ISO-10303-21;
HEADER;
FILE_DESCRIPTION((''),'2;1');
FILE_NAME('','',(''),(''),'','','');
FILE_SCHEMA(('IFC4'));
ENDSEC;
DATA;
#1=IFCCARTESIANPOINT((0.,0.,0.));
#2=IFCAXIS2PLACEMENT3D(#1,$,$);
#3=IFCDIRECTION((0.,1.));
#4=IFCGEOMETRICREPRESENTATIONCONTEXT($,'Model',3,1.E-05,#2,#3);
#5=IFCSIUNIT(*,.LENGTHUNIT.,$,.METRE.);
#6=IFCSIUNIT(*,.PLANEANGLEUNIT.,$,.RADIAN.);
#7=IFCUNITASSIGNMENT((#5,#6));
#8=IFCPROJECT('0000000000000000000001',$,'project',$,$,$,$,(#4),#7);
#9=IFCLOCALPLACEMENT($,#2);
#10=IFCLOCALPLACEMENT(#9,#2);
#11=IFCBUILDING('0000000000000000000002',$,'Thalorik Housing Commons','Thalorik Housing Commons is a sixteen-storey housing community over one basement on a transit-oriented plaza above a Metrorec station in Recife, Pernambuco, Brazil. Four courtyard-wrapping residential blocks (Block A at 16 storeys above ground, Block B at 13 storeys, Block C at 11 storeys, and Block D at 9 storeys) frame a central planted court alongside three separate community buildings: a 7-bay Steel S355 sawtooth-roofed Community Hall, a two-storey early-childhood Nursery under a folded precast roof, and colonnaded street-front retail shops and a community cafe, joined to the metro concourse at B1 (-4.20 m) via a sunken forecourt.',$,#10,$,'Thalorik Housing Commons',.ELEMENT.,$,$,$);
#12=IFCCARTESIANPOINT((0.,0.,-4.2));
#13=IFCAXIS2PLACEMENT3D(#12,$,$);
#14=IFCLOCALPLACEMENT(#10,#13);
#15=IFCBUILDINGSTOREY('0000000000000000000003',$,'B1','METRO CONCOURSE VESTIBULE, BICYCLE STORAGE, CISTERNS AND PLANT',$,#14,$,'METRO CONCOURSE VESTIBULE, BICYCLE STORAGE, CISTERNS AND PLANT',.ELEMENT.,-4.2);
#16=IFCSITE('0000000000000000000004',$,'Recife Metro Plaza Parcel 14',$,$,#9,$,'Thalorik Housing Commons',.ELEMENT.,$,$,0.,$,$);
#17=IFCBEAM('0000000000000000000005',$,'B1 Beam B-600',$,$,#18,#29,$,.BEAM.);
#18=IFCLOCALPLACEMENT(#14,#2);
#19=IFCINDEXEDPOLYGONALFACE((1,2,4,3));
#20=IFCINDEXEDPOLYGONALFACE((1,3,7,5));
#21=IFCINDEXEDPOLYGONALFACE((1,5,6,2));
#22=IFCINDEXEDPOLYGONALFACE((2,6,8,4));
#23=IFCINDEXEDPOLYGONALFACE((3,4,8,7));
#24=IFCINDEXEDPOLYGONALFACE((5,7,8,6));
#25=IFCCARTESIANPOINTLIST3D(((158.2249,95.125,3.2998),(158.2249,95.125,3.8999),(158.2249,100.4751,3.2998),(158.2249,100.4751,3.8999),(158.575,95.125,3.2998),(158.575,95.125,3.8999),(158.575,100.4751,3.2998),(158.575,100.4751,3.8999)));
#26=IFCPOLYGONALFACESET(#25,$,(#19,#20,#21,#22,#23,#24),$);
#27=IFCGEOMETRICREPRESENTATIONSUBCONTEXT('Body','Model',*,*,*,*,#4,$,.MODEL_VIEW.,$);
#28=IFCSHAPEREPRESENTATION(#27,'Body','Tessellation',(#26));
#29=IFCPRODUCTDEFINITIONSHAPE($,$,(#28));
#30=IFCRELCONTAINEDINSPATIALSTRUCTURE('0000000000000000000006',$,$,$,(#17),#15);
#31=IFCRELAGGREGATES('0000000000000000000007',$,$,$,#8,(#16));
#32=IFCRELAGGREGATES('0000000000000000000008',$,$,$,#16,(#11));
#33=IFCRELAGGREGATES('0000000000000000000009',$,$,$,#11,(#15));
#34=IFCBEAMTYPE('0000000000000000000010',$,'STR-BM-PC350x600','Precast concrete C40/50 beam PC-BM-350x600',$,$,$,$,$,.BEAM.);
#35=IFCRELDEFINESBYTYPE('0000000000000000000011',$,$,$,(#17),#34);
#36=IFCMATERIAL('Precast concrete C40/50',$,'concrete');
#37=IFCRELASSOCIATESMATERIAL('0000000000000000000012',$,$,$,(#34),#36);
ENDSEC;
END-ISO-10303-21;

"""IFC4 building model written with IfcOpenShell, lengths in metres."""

from ifc_helpers import new_model, si_unit, direction, frame, origin, origin_2d, place, context, subcontext, project, spatial, rectangle, extrude, material, material_profile, profile_set, type_object, element, save


model = new_model("IFC4")

# Units and contexts
model_context = context("Model", 3, precision=1e-05, world=origin(), true_north=direction((0.0, 1.0)))
body_context = subcontext(model_context, "Body", "Model", "MODEL_VIEW")
ifc_project = project(units=[si_unit("LENGTHUNIT", "METRE"), si_unit("PLANEANGLEUNIT", "RADIAN")], contexts=[model_context])

# Site, building, storey
site_placement = place(None, origin())
site = spatial("IfcSite", under=ifc_project, at=site_placement, Name="Recife Metro Plaza Parcel 14", LongName="Thalorik Housing Commons", CompositionType="ELEMENT", RefElevation=0.0)
building_placement = place(site_placement, origin())
building = spatial("IfcBuilding", under=site, at=building_placement, Name="Thalorik Housing Commons", Description="Thalorik Housing Commons is a sixteen-storey housing community over one basement on a transit-oriented plaza above a Metrorec station in Recife, Pernambuco, Brazil. Four courtyard-wrapping residential blocks (Block A at 16 storeys above ground, Block B at 13 storeys, Block C at 11 storeys, and Block D at 9 storeys) frame a central planted court alongside three separate community buildings: a 7-bay Steel S355 sawtooth-roofed Community Hall, a two-storey early-childhood Nursery under a folded precast roof, and colonnaded street-front retail shops and a community cafe, joined to the metro concourse at B1 (-4.20 m) via a sunken forecourt.", LongName="Thalorik Housing Commons", CompositionType="ELEMENT")
storey_placement = place(building_placement, frame((0.0, 0.0, -4.2)))
storey = spatial("IfcBuildingStorey", under=building, at=storey_placement, Name="B1", Description="METRO CONCOURSE VESTIBULE, BICYCLE STORAGE, CISTERNS AND PLANT", LongName="METRO CONCOURSE VESTIBULE, BICYCLE STORAGE, CISTERNS AND PLANT", CompositionType="ELEMENT", Elevation=-4.2)

# Shared definitions
ifc_material_1 = material(Name="Precast concrete C40/50", Category="concrete")

# Beam
ifc_material_profile_1 = material_profile(ifc_material_1, rectangle(XDim=0.3501, YDim=0.6001, at=origin_2d()), Name="PC 350x600", Category="concrete")
ifc_profile_set_1 = profile_set([ifc_material_profile_1], Name="Precast concrete C40/50")
beam_type = type_object("IfcBeamType", Name="STR-BM-PC350x600", Description="Precast concrete C40/50 beam PC-BM-350x600", PredefinedType="BEAM", material=ifc_profile_set_1)
for number, where, z_axis, x_axis, name in (
    (1, (158.3999, 95.125, 3.5999), (0.0, 1.0, 0.0), (-1.0, 0.0, 0.0), "B1 Beam B-600"),
):
    element("IfcBeam", number, at=place(storey_placement, frame(where, z_axis=z_axis, x_axis=x_axis)), inside=storey, type_object=beam_type, Name=name, PredefinedType="BEAM", context=body_context, shape_type="SweptSolid", body=[
        extrude(rectangle(XDim=0.3501, YDim=0.6001, at=origin_2d()), origin(), (0.0, 0.0, 1.0), 5.3501),
    ])

save(model, "model.ifc")
